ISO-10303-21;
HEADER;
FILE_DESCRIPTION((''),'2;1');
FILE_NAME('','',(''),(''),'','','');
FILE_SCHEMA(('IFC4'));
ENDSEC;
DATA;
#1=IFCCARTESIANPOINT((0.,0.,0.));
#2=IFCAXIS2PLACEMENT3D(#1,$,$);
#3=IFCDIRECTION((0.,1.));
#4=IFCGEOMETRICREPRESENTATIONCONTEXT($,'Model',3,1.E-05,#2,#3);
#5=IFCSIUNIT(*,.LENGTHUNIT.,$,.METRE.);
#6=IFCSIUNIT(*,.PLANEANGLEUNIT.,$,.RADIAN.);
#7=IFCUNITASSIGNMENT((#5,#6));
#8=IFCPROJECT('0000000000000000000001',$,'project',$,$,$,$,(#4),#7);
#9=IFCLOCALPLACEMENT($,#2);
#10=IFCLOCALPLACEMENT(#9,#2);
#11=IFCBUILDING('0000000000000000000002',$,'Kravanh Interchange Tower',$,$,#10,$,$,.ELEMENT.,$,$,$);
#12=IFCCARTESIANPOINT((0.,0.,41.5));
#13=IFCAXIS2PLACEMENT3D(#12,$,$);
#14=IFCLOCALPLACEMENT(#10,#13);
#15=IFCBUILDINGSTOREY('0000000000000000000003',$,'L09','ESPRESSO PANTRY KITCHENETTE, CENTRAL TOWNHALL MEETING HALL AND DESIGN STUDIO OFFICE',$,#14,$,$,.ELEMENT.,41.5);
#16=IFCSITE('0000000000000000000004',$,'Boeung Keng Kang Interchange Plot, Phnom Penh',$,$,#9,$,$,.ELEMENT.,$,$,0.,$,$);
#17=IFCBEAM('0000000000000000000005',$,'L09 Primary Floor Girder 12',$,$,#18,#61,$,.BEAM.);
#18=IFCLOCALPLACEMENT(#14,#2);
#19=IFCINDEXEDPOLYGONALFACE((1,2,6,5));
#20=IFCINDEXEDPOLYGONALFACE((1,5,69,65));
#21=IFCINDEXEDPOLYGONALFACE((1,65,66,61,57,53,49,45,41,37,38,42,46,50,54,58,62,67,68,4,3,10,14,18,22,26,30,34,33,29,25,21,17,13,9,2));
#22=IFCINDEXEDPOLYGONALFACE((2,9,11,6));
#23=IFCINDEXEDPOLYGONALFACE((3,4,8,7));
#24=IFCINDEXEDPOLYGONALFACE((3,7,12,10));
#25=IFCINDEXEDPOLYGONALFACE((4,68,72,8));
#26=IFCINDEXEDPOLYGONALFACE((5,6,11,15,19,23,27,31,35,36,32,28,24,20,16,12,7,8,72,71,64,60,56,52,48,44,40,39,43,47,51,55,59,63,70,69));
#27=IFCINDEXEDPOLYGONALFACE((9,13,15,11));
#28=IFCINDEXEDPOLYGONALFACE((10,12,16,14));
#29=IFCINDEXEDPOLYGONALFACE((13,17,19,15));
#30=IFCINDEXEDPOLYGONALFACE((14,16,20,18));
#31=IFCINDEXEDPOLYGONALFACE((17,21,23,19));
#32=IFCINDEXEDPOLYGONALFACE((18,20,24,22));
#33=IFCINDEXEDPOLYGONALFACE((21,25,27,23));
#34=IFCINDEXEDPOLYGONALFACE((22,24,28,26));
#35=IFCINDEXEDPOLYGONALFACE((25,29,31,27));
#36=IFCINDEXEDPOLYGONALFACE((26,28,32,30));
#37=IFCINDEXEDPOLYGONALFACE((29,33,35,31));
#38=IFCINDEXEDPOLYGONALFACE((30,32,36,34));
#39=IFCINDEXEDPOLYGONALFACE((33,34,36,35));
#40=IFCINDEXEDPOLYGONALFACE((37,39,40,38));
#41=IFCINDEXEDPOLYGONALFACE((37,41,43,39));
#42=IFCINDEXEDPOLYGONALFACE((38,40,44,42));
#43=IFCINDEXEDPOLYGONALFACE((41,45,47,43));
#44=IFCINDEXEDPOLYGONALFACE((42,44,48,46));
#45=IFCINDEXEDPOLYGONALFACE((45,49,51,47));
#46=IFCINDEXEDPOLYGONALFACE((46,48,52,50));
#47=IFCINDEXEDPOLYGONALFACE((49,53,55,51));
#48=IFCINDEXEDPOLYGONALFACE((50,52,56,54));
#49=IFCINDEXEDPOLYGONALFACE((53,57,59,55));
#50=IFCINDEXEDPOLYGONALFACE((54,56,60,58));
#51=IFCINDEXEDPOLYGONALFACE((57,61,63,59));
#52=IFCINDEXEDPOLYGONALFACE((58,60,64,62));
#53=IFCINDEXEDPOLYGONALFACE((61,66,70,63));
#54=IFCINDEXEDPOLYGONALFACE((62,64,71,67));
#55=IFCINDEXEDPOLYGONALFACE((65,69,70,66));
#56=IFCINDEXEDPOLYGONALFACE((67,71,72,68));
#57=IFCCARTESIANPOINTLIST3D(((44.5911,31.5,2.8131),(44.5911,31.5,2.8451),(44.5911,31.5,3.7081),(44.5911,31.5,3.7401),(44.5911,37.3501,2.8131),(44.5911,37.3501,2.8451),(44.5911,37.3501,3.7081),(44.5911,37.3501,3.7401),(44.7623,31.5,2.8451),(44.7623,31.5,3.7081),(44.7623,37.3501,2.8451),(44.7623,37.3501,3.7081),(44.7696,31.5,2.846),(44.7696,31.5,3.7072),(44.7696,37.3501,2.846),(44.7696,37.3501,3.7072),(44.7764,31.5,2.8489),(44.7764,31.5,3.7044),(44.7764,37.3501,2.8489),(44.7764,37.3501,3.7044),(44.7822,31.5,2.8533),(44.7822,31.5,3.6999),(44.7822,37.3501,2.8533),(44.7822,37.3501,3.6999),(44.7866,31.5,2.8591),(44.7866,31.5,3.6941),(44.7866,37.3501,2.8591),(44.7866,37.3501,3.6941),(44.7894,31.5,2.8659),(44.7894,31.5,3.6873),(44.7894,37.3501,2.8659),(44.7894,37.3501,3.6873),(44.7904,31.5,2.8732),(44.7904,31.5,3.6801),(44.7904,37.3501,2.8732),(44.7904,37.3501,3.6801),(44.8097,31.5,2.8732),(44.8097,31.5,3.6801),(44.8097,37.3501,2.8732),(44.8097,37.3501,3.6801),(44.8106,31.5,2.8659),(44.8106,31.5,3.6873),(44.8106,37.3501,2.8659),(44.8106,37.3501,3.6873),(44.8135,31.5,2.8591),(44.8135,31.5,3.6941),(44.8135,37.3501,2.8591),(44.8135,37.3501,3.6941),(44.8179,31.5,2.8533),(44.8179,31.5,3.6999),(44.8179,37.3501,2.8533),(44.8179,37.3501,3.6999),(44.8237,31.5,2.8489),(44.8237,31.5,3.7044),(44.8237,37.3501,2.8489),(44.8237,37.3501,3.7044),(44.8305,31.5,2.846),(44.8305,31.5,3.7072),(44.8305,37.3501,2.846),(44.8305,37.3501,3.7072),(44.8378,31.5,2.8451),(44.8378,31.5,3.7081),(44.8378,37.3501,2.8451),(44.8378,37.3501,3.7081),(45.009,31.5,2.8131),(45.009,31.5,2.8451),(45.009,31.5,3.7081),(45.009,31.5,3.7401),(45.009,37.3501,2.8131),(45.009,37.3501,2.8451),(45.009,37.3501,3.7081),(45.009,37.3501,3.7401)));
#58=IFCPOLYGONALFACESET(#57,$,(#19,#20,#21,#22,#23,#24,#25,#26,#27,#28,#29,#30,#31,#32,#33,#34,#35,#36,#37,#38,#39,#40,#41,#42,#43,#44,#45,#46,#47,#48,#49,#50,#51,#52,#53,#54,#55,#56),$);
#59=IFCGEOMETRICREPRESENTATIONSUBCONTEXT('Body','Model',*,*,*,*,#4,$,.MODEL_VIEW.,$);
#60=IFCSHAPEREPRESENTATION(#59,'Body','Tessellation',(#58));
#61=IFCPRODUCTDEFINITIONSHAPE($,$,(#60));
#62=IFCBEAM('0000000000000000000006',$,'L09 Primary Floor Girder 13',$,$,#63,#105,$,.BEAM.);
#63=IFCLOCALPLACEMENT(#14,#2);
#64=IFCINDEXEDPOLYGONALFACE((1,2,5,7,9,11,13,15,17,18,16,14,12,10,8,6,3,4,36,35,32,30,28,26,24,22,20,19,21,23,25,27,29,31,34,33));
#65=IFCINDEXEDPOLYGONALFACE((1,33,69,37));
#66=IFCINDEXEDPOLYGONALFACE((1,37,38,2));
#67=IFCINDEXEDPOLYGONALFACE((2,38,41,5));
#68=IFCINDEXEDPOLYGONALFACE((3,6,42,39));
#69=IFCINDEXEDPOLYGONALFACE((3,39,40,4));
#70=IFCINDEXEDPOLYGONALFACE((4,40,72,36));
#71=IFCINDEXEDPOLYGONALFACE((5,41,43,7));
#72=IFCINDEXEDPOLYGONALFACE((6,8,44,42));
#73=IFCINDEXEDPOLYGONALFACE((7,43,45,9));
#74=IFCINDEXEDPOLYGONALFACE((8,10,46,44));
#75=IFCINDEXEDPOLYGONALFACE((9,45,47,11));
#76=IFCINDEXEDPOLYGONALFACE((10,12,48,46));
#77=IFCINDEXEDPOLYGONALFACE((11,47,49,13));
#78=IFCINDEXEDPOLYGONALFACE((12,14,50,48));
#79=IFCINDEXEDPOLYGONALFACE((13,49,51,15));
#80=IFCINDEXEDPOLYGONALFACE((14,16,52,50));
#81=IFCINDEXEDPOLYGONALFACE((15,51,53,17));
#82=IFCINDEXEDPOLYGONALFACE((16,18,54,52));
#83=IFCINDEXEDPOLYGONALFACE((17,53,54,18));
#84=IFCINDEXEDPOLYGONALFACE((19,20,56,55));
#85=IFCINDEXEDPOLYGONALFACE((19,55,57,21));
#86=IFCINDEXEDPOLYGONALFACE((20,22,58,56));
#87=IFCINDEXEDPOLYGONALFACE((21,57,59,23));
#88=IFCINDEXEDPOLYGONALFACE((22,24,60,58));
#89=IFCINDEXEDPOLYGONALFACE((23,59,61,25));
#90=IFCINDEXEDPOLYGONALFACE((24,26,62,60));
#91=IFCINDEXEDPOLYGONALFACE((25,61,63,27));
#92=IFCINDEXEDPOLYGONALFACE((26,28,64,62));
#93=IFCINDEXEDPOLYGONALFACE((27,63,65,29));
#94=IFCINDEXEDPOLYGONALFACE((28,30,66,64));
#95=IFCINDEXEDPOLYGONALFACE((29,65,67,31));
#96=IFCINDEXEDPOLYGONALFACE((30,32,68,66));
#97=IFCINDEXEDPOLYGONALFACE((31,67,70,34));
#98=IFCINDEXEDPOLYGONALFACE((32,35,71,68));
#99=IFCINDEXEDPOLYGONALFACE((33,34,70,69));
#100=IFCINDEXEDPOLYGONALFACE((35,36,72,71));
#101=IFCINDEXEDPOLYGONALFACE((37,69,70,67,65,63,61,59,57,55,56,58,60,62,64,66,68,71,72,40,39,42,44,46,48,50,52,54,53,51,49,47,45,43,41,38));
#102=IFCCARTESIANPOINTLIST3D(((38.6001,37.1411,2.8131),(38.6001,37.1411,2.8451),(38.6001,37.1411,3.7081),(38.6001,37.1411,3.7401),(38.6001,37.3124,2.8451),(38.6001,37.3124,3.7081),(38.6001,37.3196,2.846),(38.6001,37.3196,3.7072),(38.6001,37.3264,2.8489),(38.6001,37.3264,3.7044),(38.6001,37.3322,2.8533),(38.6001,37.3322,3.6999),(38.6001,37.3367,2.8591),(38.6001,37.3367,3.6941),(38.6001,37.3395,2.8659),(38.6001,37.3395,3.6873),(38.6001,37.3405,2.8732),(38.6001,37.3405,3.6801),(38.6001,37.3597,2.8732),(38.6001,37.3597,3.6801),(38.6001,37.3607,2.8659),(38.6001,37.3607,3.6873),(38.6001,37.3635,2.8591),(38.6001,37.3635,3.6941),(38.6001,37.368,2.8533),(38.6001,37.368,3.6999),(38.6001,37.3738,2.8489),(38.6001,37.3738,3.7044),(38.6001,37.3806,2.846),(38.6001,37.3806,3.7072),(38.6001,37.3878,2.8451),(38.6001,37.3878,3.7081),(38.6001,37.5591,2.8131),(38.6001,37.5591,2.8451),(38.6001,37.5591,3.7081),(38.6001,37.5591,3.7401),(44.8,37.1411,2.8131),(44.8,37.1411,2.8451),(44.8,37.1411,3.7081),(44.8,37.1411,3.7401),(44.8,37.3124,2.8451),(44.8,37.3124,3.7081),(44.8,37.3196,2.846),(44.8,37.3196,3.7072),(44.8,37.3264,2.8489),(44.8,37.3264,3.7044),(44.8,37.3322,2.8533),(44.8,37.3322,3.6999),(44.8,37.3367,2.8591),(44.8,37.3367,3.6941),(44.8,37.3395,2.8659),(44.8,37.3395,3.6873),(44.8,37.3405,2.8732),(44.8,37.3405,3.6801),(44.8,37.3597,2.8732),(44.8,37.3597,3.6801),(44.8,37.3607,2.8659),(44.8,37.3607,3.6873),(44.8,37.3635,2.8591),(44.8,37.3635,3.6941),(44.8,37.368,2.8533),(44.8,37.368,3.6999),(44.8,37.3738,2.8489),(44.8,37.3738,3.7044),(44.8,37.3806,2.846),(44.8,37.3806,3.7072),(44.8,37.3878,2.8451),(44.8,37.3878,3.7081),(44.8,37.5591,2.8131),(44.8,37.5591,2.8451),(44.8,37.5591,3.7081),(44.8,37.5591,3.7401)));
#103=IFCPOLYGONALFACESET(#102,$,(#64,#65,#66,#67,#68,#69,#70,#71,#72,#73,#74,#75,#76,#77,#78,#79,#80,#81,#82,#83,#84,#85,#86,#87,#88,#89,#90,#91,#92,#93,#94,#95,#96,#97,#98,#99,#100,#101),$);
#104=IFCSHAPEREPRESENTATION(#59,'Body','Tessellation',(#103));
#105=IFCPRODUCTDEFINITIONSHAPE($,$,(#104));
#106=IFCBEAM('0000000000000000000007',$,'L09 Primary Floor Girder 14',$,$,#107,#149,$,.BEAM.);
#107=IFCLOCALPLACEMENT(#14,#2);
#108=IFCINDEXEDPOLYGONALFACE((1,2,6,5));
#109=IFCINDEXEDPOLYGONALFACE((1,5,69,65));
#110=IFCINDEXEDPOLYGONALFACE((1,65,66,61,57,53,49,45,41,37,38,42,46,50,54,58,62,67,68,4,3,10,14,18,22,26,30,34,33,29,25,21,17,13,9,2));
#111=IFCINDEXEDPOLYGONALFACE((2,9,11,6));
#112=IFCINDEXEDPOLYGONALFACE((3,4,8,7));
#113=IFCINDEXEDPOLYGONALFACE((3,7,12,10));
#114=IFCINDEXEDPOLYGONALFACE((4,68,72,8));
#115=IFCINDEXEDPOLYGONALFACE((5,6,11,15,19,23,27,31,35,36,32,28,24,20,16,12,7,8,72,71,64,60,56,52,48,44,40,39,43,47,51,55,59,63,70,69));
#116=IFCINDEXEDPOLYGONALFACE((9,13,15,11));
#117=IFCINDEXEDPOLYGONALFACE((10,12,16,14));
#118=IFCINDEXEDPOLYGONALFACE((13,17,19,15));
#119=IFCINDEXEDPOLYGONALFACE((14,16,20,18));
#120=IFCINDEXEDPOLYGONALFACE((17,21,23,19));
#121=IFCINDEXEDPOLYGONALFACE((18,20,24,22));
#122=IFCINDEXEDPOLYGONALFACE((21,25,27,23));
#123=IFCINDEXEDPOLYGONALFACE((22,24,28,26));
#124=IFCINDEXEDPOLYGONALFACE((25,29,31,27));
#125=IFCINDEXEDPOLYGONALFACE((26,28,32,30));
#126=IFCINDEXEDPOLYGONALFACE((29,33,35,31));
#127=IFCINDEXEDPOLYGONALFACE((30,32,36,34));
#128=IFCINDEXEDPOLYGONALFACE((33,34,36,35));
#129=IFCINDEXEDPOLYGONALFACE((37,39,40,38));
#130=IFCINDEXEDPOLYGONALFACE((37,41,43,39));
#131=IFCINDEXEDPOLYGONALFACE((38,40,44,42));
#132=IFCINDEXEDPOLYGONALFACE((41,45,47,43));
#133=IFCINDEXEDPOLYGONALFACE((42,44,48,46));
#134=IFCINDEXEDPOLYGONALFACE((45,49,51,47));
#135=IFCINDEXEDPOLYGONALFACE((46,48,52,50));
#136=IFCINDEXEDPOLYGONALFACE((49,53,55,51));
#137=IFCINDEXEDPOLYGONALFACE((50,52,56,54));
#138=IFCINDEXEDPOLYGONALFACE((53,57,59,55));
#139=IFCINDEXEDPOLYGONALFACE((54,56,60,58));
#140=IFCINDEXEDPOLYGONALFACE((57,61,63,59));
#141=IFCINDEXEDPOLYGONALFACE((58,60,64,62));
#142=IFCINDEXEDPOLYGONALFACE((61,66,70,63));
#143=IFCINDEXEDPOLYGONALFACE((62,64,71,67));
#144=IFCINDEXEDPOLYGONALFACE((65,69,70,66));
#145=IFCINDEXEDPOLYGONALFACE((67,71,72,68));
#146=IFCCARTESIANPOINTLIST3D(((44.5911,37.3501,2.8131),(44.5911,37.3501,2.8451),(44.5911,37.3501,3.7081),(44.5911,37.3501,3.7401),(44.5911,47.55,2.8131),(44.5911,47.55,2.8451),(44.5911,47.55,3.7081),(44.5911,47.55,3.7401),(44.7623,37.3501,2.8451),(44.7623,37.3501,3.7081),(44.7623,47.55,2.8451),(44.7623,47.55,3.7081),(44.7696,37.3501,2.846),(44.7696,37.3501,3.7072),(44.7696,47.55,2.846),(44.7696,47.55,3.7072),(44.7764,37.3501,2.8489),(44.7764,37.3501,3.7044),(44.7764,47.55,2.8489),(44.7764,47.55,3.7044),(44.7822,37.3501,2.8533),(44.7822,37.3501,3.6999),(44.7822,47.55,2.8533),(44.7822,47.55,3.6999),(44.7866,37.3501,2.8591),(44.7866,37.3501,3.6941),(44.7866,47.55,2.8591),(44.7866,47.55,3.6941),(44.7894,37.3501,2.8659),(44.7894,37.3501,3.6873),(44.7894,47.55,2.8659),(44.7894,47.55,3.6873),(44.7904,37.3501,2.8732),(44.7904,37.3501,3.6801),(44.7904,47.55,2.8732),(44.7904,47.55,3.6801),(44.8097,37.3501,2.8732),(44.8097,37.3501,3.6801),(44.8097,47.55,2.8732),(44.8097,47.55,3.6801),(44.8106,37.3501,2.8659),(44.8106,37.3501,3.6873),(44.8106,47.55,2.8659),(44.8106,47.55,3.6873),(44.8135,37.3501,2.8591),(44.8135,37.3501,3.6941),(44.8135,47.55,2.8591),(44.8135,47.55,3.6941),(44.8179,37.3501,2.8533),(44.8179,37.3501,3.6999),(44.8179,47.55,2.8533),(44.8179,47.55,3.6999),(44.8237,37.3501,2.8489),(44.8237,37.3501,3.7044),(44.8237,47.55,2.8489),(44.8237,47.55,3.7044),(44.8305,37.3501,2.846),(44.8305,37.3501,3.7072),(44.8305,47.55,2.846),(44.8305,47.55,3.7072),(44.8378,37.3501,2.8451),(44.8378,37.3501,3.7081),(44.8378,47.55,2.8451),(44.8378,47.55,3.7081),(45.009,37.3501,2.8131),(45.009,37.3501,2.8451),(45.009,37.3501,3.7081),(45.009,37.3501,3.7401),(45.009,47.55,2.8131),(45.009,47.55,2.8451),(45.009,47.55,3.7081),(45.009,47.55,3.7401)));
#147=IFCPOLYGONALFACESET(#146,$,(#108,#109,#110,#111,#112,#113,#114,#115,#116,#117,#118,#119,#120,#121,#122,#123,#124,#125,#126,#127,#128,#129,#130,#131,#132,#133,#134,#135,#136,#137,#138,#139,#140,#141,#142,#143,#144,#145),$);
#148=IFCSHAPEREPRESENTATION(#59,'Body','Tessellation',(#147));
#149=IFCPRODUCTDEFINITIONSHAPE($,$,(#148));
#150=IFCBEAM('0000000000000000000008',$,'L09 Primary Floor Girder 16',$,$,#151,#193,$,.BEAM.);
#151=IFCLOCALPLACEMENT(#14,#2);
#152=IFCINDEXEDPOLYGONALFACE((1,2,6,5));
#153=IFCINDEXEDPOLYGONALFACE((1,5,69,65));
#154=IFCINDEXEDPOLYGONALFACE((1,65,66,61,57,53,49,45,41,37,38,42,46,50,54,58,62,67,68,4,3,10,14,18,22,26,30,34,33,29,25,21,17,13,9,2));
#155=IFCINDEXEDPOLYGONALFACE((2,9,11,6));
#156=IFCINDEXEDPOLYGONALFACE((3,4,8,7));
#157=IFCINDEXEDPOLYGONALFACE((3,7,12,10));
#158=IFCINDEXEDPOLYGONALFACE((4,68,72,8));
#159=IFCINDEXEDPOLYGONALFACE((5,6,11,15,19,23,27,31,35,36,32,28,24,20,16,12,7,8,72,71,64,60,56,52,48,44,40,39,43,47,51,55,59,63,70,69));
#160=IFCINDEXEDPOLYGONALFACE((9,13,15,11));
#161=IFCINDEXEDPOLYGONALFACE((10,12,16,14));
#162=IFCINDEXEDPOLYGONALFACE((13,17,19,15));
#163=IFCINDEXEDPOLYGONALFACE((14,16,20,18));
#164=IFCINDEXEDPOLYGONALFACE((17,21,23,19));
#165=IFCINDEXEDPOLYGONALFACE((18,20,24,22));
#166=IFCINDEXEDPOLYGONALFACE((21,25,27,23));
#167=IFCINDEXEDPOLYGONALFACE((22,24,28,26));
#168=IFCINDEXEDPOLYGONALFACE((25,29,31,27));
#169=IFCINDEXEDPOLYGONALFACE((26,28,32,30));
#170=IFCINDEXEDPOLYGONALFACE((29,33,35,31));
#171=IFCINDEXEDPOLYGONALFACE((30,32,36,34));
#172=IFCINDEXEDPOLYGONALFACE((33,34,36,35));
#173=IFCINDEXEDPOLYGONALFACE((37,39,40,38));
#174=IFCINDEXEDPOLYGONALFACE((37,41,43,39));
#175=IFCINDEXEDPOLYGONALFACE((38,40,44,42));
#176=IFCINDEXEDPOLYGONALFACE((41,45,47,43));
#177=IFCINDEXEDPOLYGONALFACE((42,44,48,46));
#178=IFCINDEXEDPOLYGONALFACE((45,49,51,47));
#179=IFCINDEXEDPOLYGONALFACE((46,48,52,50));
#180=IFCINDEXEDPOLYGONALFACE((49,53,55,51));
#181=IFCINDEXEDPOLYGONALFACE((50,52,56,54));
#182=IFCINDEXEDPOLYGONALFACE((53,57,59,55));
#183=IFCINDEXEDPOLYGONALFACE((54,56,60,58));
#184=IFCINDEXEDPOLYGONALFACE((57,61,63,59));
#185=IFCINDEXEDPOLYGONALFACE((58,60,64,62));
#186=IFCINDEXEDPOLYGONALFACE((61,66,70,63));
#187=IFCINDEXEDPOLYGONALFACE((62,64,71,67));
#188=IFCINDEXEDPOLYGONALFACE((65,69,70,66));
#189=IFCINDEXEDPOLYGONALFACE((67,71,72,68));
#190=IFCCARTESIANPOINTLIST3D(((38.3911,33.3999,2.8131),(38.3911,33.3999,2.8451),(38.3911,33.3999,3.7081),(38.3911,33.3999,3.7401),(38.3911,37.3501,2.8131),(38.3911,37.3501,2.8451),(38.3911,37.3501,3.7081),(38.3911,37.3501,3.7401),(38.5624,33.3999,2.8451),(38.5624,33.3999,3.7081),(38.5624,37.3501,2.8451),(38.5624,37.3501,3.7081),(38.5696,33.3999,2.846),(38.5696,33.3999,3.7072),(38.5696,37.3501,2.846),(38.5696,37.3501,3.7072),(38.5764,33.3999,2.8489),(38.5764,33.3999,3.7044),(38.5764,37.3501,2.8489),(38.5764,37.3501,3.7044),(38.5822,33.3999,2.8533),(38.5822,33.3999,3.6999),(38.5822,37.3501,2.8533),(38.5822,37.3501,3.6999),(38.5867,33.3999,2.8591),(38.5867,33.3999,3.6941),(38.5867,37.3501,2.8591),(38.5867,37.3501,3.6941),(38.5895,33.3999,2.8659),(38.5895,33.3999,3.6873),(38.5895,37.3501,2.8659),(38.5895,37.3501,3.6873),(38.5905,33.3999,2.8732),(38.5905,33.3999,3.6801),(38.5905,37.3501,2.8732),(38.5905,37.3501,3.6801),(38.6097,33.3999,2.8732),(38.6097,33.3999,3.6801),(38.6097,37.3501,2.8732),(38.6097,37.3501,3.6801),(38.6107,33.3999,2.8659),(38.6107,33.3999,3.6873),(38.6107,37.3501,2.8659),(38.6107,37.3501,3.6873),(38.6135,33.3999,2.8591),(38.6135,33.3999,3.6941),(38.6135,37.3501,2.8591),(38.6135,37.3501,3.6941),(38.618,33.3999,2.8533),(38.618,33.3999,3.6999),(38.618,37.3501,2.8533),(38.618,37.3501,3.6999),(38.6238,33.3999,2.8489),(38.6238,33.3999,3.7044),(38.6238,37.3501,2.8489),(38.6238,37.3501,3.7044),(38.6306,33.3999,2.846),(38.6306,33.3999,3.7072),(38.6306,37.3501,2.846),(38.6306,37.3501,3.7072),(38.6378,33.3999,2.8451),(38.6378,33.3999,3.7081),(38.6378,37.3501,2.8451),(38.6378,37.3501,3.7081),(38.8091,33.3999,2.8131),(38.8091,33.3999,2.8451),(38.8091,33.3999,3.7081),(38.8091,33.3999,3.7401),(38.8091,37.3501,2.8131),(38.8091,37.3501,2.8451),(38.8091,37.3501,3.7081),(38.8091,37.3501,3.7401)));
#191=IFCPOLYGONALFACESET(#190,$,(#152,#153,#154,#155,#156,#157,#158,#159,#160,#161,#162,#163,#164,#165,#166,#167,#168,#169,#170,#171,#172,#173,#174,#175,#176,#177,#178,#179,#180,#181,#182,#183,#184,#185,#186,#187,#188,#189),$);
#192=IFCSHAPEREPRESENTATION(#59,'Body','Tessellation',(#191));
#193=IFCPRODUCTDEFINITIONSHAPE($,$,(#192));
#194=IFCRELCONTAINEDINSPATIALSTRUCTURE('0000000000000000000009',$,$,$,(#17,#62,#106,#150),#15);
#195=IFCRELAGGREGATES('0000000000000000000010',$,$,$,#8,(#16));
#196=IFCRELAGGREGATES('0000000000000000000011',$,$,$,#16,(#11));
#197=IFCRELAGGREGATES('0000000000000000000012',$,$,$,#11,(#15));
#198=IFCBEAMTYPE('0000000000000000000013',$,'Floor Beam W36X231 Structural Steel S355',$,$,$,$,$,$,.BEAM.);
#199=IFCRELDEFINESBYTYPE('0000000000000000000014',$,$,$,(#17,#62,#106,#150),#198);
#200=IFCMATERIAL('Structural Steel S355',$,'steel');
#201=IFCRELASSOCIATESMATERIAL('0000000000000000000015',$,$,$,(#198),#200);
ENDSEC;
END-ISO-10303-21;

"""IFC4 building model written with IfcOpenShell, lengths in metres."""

from ifc_helpers import new_model, si_unit, direction, frame, origin, origin_2d, place, context, subcontext, project, spatial, i_section, extrude, material, material_profile, profile_set, type_object, element, save


model = new_model("IFC4")

# Units and contexts
model_context = context("Model", 3, precision=1e-05, world=origin(), true_north=direction((0.0, 1.0)))
body_context = subcontext(model_context, "Body", "Model", "MODEL_VIEW")
ifc_project = project(units=[si_unit("LENGTHUNIT", "METRE"), si_unit("PLANEANGLEUNIT", "RADIAN")], contexts=[model_context])

# Site, building, storey
site_placement = place(None, origin())
site = spatial("IfcSite", under=ifc_project, at=site_placement, Name="Boeung Keng Kang Interchange Plot, Phnom Penh", CompositionType="ELEMENT", RefElevation=0.0)
building_placement = place(site_placement, origin())
building = spatial("IfcBuilding", under=site, at=building_placement, Name="Kravanh Interchange Tower", CompositionType="ELEMENT")
storey_placement = place(building_placement, frame((0.0, 0.0, 41.5)))
storey = spatial("IfcBuildingStorey", under=building, at=storey_placement, Name="L09", Description="ESPRESSO PANTRY KITCHENETTE, CENTRAL TOWNHALL MEETING HALL AND DESIGN STUDIO OFFICE", CompositionType="ELEMENT", Elevation=41.5)

# Beams
ifc_material_1 = material(Name="Structural Steel S355", Category="steel")
ifc_material_profile_1 = material_profile(ifc_material_1, i_section(OverallWidth=0.418, OverallDepth=0.927, WebThickness=0.0193, FlangeThickness=0.032, FilletRadius=0.0281, at=origin_2d()), Name="W36X231")
ifc_profile_set_1 = profile_set([ifc_material_profile_1], Name="Structural Steel S355")
beam_type_1 = type_object("IfcBeamType", Name="Floor Beam W36X231 Structural Steel S355", PredefinedType="BEAM", material=ifc_profile_set_1)
beam_1_placement = place(storey_placement, frame((44.8, 37.3501, 3.2766), z_axis=(0.0, -1.0, 0.0), x_axis=(1.0, 0.0, 0.0)))
element("IfcBeam", 1, at=beam_1_placement, inside=storey, type_object=beam_type_1, Name="L09 Primary Floor Girder 12", PredefinedType="BEAM", context=body_context, shape_type="SweptSolid", body=[
    extrude(i_section(OverallWidth=0.418, OverallDepth=0.927, WebThickness=0.0193, FlangeThickness=0.032, FilletRadius=0.0281, at=origin_2d()), origin(), (0.0, 0.0, 1.0), 5.8501),
])
beam_2_placement = place(storey_placement, frame((44.8, 37.3501, 3.2766), z_axis=(-1.0, 0.0, 0.0), x_axis=(0.0, -1.0, 0.0)))
element("IfcBeam", 2, at=beam_2_placement, inside=storey, type_object=beam_type_1, Name="L09 Primary Floor Girder 13", PredefinedType="BEAM", context=body_context, shape_type="SweptSolid", body=[
    extrude(i_section(OverallWidth=0.418, OverallDepth=0.927, WebThickness=0.0193, FlangeThickness=0.032, FilletRadius=0.0281, at=origin_2d()), origin(), (0.0, 0.0, 1.0), 6.2),
])
beam_3_placement = place(storey_placement, frame((44.8, 37.3501, 3.2766), z_axis=(0.0, 1.0, 0.0), x_axis=(-1.0, 0.0, 0.0)))
element("IfcBeam", 3, at=beam_3_placement, inside=storey, type_object=beam_type_1, Name="L09 Primary Floor Girder 14", PredefinedType="BEAM", context=body_context, shape_type="SweptSolid", body=[
    extrude(i_section(OverallWidth=0.418, OverallDepth=0.927, WebThickness=0.0193, FlangeThickness=0.032, FilletRadius=0.0281, at=origin_2d()), origin(), (0.0, 0.0, 1.0), 10.2),
])
beam_4_placement = place(storey_placement, frame((38.6001, 37.3501, 3.2766), z_axis=(0.0, -1.0, 0.0), x_axis=(1.0, 0.0, 0.0)))
element("IfcBeam", 4, at=beam_4_placement, inside=storey, type_object=beam_type_1, Name="L09 Primary Floor Girder 16", PredefinedType="BEAM", context=body_context, shape_type="SweptSolid", body=[
    extrude(i_section(OverallWidth=0.418, OverallDepth=0.927, WebThickness=0.0193, FlangeThickness=0.032, FilletRadius=0.0281, at=origin_2d()), origin(), (0.0, 0.0, 1.0), 3.9502),
])

save(model, "model.ifc")
